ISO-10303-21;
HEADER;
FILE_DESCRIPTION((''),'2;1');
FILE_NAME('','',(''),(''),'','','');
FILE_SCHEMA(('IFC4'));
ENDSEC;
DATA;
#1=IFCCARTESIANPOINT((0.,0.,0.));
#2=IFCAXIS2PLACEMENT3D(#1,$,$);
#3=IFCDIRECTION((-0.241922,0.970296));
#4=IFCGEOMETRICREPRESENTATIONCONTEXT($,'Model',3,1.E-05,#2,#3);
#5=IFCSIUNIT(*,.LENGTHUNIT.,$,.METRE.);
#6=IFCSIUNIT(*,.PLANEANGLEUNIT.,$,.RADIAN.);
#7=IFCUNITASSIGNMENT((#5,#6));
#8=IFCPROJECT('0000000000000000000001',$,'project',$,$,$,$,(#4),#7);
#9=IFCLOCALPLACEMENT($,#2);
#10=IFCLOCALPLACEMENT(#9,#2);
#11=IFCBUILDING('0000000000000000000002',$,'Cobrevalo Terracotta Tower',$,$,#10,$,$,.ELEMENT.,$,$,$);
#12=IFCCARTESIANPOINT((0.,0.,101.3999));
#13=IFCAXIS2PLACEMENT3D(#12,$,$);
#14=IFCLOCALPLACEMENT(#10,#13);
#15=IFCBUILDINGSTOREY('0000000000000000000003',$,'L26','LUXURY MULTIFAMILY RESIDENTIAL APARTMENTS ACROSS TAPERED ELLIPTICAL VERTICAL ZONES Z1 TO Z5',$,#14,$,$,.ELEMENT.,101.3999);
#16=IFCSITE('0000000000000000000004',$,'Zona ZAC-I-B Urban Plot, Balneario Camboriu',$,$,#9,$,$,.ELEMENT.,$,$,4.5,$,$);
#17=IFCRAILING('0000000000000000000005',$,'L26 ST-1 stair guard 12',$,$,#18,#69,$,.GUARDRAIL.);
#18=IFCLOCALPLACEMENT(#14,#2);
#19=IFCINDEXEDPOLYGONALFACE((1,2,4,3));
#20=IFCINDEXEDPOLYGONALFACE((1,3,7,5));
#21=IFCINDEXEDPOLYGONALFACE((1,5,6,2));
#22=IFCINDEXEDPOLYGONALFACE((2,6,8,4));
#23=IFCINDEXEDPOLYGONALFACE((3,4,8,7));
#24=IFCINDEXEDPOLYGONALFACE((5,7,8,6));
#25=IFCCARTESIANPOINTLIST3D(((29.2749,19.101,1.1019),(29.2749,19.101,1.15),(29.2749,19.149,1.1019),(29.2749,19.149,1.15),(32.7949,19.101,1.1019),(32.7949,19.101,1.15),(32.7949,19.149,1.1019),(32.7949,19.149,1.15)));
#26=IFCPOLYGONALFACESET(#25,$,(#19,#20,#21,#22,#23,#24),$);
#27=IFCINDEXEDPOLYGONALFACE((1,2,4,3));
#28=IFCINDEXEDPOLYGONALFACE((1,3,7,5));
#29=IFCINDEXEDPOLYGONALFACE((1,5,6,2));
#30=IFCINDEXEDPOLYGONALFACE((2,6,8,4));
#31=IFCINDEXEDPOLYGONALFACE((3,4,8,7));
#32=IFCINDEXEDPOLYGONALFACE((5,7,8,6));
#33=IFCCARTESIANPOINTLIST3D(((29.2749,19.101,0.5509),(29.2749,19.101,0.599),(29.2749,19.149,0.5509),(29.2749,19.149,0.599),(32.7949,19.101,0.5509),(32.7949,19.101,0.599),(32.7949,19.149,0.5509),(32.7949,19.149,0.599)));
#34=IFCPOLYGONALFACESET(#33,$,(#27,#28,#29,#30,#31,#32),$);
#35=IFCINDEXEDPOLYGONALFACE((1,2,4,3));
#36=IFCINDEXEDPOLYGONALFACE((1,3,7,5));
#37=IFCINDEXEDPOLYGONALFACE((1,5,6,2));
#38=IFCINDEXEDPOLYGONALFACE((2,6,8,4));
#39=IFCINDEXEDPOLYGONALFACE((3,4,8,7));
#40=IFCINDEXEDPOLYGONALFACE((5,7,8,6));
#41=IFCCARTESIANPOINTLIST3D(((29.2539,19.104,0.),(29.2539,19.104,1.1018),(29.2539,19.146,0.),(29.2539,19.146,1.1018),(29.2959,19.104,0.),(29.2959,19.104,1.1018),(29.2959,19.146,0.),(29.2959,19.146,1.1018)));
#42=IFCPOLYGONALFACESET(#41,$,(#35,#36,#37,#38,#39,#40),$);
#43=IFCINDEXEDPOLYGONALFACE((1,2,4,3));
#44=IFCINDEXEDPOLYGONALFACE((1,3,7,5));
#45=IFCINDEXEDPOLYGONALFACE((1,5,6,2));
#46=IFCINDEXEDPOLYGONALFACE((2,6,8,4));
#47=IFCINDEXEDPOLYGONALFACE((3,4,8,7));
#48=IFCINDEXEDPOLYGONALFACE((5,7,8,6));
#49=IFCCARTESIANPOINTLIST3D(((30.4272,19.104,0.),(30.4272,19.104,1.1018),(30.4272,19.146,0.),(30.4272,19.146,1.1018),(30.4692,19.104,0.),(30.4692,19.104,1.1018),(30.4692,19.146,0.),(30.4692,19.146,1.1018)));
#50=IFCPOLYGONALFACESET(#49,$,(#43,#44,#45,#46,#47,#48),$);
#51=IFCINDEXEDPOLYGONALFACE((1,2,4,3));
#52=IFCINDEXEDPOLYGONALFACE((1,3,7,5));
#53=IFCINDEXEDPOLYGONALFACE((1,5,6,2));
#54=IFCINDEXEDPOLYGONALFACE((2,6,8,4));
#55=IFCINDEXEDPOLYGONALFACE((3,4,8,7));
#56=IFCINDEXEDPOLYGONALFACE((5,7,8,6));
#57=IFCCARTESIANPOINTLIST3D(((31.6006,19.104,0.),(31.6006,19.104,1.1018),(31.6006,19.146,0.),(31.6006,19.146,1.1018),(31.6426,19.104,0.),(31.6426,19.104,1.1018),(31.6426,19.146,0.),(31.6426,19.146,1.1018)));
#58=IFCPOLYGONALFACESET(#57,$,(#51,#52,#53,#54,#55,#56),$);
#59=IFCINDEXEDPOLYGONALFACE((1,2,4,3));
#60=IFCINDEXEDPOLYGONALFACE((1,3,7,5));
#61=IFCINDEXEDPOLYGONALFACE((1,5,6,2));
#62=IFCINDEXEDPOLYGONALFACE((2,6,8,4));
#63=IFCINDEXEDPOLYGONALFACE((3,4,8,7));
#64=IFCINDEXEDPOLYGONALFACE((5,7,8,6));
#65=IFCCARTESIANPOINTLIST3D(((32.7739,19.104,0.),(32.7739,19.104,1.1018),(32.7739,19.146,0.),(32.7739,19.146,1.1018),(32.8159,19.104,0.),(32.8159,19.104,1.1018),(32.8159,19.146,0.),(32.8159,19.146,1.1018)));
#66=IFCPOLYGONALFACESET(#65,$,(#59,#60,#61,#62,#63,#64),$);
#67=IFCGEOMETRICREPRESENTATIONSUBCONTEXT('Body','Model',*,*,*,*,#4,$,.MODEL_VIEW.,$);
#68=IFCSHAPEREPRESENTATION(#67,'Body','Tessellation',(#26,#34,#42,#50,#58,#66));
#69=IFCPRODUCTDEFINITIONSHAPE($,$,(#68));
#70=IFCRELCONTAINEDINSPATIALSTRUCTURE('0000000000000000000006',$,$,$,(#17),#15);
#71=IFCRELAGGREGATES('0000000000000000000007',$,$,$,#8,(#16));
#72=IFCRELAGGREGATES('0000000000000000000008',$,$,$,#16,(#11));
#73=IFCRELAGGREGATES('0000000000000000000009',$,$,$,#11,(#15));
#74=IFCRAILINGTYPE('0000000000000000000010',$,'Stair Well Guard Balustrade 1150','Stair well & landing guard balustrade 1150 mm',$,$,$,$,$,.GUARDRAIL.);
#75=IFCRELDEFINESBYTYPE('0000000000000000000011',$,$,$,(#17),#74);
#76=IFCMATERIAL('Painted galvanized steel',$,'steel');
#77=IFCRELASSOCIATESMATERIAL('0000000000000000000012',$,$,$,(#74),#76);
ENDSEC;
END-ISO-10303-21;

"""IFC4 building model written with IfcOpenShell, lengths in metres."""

from ifc_helpers import new_model, si_unit, direction, frame, origin, origin_2d, place, context, subcontext, project, spatial, rectangle, extrude, material, type_object, element, save


model = new_model("IFC4")

# Units and contexts
model_context = context("Model", 3, precision=1e-05, world=origin(), true_north=direction((-0.241922, 0.970296)))
body_context = subcontext(model_context, "Body", "Model", "MODEL_VIEW")
ifc_project = project(units=[si_unit("LENGTHUNIT", "METRE"), si_unit("PLANEANGLEUNIT", "RADIAN")], contexts=[model_context])

# Site, building, storey
site_placement = place(None, origin())
site = spatial("IfcSite", under=ifc_project, at=site_placement, Name="Zona ZAC-I-B Urban Plot, Balneario Camboriu", CompositionType="ELEMENT", RefElevation=4.5)
building_placement = place(site_placement, origin())
building = spatial("IfcBuilding", under=site, at=building_placement, Name="Cobrevalo Terracotta Tower", CompositionType="ELEMENT")
storey_placement = place(building_placement, frame((0.0, 0.0, 101.3999)))
storey = spatial("IfcBuildingStorey", under=building, at=storey_placement, Name="L26", Description="LUXURY MULTIFAMILY RESIDENTIAL APARTMENTS ACROSS TAPERED ELLIPTICAL VERTICAL ZONES Z1 TO Z5", CompositionType="ELEMENT", Elevation=101.3999)

# Railing
ifc_material_1 = material(Name="Painted galvanized steel", Category="steel")
railing_type = type_object("IfcRailingType", Name="Stair Well Guard Balustrade 1150", Description="Stair well & landing guard balustrade 1150 mm", PredefinedType="GUARDRAIL", material=ifc_material_1)
railing_placement = place(storey_placement, frame((29.2749, 19.125, 0.0)))
element("IfcRailing", 1, at=railing_placement, inside=storey, type_object=railing_type, Name="L26 ST-1 stair guard 12", PredefinedType="GUARDRAIL", context=body_context, shape_type="SweptSolid", body=[
    extrude(rectangle(XDim=0.0481, YDim=0.0481, at=origin_2d()), frame((0.0, 0.0, 1.126), z_axis=(1.0, 0.0, 0.0), x_axis=(0.0, 1.0, 0.0)), (0.0, 0.0, 1.0), 3.52),
    extrude(rectangle(XDim=0.0481, YDim=0.0481, at=origin_2d()), frame((0.0, 0.0, 0.575), z_axis=(1.0, 0.0, 0.0), x_axis=(0.0, 1.0, 0.0)), (0.0, 0.0, 1.0), 3.52),
    extrude(rectangle(XDim=0.042, YDim=0.042, at=origin_2d()), origin(), (0.0, 0.0, 1.0), 1.1018),
    extrude(rectangle(XDim=0.042, YDim=0.042, at=origin_2d()), frame((1.1733, 0.0, 0.0)), (0.0, 0.0, 1.0), 1.1018),
    extrude(rectangle(XDim=0.042, YDim=0.042, at=origin_2d()), frame((2.3467, 0.0, 0.0)), (0.0, 0.0, 1.0), 1.1018),
    extrude(rectangle(XDim=0.042, YDim=0.042, at=origin_2d()), frame((3.52, 0.0, 0.0)), (0.0, 0.0, 1.0), 1.1018),
])

save(model, "model.ifc")
